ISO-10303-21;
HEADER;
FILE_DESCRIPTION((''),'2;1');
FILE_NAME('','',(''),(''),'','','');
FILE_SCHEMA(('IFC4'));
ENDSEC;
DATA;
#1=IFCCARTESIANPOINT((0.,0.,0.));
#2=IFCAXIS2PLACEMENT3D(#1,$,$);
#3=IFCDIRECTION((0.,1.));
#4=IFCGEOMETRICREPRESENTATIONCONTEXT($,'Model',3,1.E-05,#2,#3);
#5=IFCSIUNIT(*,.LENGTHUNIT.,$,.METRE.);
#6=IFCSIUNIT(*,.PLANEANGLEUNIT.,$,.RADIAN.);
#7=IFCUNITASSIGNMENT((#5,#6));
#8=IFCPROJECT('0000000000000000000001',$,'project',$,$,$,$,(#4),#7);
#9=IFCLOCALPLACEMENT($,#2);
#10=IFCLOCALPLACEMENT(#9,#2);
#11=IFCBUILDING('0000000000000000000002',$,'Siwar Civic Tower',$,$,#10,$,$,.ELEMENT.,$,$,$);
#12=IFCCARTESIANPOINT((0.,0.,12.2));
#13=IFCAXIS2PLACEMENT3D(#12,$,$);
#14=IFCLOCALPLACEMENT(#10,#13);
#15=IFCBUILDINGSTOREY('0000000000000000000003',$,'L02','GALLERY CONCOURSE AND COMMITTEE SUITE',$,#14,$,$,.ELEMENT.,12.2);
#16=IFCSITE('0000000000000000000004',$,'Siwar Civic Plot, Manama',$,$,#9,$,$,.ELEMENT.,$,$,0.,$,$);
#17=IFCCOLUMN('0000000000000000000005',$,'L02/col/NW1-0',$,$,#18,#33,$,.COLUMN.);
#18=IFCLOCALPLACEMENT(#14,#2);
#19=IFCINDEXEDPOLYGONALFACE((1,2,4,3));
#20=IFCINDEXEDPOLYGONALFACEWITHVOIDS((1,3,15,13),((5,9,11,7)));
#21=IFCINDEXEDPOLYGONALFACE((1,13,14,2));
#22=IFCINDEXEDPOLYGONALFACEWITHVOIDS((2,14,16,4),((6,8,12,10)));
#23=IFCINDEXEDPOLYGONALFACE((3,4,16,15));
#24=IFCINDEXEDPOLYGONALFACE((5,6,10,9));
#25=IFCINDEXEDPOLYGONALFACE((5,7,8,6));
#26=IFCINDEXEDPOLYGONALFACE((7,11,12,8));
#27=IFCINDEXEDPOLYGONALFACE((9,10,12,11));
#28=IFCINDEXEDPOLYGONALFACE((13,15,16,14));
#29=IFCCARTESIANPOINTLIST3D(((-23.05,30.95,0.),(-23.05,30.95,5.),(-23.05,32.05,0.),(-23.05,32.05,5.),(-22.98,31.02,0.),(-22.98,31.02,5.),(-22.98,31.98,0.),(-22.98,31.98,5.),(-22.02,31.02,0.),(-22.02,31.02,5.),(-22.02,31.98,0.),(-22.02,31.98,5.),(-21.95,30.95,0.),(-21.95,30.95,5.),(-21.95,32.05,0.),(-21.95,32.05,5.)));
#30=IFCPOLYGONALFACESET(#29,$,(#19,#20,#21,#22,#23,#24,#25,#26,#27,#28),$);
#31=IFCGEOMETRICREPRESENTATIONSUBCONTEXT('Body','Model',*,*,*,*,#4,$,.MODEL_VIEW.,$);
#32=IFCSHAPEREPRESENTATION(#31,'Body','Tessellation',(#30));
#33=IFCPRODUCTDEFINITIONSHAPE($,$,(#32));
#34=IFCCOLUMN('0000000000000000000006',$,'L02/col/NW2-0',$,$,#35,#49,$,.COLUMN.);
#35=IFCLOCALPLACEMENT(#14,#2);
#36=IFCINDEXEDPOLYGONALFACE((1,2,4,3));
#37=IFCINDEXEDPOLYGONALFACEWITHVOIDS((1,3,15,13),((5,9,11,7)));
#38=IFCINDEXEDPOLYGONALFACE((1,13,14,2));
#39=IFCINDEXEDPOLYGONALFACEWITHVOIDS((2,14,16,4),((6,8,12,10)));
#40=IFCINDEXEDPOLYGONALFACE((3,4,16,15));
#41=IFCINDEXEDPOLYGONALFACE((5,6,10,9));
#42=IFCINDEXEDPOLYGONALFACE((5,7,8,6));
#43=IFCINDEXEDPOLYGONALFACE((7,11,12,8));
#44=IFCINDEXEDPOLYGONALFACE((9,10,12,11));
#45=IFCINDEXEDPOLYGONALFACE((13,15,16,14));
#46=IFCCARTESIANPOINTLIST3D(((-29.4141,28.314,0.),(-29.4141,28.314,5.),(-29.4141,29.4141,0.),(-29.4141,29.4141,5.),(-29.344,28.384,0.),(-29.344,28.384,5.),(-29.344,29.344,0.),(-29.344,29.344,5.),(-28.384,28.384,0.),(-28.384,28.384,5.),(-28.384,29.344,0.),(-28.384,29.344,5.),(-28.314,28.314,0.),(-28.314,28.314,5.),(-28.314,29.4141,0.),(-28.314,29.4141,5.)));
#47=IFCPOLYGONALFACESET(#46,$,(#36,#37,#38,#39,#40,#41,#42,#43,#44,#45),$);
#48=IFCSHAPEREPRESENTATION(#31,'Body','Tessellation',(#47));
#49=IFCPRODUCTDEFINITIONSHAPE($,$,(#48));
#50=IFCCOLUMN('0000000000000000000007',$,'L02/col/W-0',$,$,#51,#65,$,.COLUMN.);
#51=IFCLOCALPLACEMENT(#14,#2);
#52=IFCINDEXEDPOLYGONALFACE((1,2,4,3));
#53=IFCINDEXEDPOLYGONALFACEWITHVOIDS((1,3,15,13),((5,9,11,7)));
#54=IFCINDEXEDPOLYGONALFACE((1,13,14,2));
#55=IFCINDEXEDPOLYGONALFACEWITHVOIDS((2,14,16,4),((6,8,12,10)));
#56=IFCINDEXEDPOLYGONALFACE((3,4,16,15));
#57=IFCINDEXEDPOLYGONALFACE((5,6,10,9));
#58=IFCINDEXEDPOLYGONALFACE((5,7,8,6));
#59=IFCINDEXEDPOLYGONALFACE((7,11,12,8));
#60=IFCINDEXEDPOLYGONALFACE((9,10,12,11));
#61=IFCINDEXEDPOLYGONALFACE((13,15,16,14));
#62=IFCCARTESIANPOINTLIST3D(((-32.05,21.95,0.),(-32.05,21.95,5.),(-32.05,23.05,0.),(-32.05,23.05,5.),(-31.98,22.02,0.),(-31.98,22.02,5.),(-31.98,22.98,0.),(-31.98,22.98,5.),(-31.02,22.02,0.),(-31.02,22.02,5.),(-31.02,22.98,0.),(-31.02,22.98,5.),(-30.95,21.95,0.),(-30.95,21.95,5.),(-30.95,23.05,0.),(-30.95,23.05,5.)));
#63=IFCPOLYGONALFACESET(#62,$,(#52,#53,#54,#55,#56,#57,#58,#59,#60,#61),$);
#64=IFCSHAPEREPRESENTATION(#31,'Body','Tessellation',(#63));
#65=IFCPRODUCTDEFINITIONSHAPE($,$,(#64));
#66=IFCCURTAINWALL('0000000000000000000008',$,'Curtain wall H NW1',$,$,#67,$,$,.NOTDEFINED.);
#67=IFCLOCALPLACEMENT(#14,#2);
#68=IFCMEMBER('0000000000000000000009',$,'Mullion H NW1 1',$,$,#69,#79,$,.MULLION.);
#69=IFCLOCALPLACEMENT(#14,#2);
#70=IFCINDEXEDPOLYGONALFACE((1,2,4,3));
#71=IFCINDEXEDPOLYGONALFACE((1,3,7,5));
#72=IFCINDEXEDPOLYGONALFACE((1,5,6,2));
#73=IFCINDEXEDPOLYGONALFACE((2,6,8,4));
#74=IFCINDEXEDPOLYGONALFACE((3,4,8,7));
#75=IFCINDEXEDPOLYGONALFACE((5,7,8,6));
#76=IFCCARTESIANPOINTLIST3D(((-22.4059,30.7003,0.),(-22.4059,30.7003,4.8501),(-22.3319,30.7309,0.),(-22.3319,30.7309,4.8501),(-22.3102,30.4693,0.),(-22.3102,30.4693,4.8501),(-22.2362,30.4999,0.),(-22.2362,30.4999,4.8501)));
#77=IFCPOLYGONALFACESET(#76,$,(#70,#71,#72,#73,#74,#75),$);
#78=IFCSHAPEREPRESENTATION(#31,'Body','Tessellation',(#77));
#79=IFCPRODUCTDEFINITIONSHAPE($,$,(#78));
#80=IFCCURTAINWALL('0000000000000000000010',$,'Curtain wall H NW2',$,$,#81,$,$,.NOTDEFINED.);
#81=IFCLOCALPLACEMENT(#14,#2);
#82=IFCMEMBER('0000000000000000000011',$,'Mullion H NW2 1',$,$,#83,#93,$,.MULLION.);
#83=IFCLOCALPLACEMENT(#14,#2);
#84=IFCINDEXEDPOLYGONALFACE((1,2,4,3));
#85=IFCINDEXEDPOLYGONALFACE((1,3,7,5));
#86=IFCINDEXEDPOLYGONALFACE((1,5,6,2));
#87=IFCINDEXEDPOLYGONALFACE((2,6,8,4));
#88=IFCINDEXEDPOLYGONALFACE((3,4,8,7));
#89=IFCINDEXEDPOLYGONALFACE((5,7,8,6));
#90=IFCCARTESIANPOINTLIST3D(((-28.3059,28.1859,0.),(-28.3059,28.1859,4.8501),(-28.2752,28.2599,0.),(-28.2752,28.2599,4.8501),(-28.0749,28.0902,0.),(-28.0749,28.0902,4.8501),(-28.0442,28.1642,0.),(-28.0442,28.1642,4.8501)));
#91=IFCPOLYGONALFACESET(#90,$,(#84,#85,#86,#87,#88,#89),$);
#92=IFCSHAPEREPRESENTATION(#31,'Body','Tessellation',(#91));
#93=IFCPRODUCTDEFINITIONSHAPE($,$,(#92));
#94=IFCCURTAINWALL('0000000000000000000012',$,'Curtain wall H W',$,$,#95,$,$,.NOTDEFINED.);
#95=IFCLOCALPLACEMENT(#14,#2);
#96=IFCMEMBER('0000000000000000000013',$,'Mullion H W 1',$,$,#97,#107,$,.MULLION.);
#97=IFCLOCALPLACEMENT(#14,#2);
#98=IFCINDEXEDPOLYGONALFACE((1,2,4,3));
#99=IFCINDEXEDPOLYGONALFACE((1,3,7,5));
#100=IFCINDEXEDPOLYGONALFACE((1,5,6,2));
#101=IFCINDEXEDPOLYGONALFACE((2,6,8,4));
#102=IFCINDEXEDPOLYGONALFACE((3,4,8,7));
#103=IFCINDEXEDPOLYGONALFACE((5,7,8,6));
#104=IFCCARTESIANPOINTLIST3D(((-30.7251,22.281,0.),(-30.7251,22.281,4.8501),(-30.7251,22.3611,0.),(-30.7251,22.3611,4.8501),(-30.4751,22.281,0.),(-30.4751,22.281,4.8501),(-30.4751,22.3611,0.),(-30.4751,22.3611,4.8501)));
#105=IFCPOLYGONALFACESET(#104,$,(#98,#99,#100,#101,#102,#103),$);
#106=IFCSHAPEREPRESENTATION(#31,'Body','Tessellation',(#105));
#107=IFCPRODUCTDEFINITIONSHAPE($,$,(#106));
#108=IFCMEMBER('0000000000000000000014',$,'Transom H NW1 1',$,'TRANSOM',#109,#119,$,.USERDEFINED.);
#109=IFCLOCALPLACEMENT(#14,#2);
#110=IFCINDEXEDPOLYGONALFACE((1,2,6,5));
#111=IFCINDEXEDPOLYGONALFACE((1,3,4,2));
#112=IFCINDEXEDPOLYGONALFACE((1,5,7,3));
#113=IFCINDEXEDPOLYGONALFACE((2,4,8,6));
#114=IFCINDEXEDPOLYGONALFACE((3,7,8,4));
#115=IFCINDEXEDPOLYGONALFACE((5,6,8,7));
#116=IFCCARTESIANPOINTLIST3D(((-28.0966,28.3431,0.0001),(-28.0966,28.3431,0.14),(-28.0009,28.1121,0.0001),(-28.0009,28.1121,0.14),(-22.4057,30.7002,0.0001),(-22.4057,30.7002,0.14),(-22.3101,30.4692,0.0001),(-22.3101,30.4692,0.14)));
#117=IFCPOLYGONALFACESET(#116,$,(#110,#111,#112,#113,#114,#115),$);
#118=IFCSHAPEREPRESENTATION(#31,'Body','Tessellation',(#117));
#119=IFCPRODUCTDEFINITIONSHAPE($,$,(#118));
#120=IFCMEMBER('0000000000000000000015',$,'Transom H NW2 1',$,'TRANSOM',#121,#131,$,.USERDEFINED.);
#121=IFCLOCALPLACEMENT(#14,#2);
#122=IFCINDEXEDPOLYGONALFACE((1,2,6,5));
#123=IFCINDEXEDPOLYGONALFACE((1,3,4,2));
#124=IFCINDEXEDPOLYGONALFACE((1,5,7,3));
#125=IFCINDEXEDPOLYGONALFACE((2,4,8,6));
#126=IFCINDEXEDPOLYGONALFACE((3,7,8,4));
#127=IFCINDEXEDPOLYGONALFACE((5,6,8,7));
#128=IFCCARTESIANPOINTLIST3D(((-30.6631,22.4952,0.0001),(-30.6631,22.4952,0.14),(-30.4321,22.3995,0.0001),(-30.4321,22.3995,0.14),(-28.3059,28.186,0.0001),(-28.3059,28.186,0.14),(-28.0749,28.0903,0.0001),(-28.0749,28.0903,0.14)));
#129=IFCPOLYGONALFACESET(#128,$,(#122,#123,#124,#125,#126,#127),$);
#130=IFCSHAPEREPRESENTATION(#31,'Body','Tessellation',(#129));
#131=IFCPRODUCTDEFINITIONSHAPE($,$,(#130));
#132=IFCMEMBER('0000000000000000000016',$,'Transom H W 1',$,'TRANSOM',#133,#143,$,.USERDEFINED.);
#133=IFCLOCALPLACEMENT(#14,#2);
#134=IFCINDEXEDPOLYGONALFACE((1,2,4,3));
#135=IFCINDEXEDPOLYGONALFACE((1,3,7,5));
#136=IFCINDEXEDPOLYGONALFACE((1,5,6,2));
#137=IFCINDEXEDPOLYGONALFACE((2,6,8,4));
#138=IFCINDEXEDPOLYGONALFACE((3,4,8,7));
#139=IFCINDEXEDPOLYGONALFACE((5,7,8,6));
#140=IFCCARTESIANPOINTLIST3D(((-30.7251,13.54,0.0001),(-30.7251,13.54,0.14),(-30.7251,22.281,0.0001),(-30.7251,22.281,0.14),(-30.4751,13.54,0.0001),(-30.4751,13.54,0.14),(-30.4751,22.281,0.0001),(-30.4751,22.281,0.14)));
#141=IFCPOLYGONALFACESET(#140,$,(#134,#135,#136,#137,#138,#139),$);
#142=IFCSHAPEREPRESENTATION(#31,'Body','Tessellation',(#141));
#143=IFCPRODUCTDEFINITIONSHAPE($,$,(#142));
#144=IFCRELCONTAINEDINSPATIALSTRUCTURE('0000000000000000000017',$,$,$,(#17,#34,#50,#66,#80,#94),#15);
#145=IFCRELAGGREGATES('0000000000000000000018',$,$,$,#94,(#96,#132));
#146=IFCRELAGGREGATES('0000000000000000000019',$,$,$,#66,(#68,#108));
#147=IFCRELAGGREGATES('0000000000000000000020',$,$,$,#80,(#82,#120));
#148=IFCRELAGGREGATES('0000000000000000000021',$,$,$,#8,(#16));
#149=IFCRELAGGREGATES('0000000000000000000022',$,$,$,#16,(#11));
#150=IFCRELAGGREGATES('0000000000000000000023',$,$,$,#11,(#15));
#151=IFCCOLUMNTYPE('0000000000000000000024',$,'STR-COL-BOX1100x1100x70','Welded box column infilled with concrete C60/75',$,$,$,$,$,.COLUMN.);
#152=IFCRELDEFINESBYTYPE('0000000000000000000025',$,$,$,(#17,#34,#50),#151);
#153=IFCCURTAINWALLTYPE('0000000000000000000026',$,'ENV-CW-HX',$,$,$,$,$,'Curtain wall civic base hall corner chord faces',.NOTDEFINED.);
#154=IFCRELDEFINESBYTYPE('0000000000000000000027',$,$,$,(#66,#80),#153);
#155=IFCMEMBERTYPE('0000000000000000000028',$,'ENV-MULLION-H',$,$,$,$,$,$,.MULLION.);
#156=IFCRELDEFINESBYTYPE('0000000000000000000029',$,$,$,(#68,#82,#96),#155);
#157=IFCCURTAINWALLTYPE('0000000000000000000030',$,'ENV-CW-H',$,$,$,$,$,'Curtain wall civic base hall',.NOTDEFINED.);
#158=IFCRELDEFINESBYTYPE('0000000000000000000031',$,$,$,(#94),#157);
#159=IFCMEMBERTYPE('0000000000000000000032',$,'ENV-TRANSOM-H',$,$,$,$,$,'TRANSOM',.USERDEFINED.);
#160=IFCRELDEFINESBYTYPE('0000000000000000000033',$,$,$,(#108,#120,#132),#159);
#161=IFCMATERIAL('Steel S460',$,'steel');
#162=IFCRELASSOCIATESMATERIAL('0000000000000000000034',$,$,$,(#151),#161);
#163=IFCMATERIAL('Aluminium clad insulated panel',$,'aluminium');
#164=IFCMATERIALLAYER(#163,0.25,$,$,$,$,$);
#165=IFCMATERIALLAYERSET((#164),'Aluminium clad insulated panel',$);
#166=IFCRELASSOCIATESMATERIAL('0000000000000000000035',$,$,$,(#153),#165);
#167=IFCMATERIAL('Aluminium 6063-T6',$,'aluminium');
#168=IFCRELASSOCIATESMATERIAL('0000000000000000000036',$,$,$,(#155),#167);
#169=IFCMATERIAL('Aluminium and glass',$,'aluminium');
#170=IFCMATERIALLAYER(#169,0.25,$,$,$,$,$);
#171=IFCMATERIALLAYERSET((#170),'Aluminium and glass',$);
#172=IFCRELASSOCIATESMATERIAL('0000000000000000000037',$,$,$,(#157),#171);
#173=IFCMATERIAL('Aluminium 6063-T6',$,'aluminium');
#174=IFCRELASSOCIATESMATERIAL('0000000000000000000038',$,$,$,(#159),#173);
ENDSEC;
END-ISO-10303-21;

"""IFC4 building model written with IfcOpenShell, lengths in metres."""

from ifc_helpers import new_model, si_unit, direction, frame, origin, origin_2d, place, context, subcontext, project, spatial, rectangle, hollow_rectangle, extrude, material, layer, layer_set, material_profile, profile_set, type_object, element, aggregate, save


model = new_model("IFC4")

# Units and contexts
model_context = context("Model", 3, precision=1e-05, world=origin(), true_north=direction((0.0, 1.0)))
body_context = subcontext(model_context, "Body", "Model", "MODEL_VIEW")
ifc_project = project(units=[si_unit("LENGTHUNIT", "METRE"), si_unit("PLANEANGLEUNIT", "RADIAN")], contexts=[model_context])

# Site, building, storey
site_placement = place(None, origin())
site = spatial("IfcSite", under=ifc_project, at=site_placement, Name="Siwar Civic Plot, Manama", CompositionType="ELEMENT", RefElevation=0.0)
building_placement = place(site_placement, origin())
building = spatial("IfcBuilding", under=site, at=building_placement, Name="Siwar Civic Tower", CompositionType="ELEMENT")
storey_placement = place(building_placement, frame((0.0, 0.0, 12.2)))
storey = spatial("IfcBuildingStorey", under=building, at=storey_placement, Name="L02", Description="GALLERY CONCOURSE AND COMMITTEE SUITE", CompositionType="ELEMENT", Elevation=12.2)

# Columns
ifc_material_1 = material(Name="Steel S460", Category="steel")
ifc_material_profile_1 = material_profile(ifc_material_1, hollow_rectangle(XDim=1.1001, YDim=1.1001, WallThickness=0.0701, at=origin_2d()), Name="BOX1100x1100x70")
ifc_profile_set_1 = profile_set([ifc_material_profile_1], Name="Steel S460")
column_type = type_object("IfcColumnType", Name="STR-COL-BOX1100x1100x70", Description="Welded box column infilled with concrete C60/75", PredefinedType="COLUMN", material=ifc_profile_set_1)
for number, where, z_axis, x_axis, name in (
    (1, (-22.5, 31.5, 0.0), (0.0, 0.0, 1.0), (1.0, 0.0, 0.0), "L02/col/NW1-0"),
    (2, (-28.864, 28.864, 0.0), (0.0, 0.0, 1.0), (1.0, 0.0, 0.0), "L02/col/NW2-0"),
    (3, (-31.5, 22.5, 0.0), (0.0, 0.0, 1.0), (1.0, 0.0, 0.0), "L02/col/W-0"),
):
    element("IfcColumn", number, at=place(storey_placement, frame(where, z_axis=z_axis, x_axis=x_axis)), inside=storey, type_object=column_type, Name=name, PredefinedType="COLUMN", context=body_context, shape_type="SweptSolid", body=[
        extrude(hollow_rectangle(XDim=1.1001, YDim=1.1001, WallThickness=0.0701, at=origin_2d()), origin(), (0.0, 0.0, 1.0), 5.0),
    ])

# Curtain walls, members
ifc_material_2 = material(Name="Aluminium clad insulated panel", Category="aluminium")
ifc_layer_1 = layer(ifc_material_2, 0.25)
ifc_layer_set_1 = layer_set([ifc_layer_1], Name="Aluminium clad insulated panel")
curtain_wall_type_1 = type_object("IfcCurtainWallType", Name="ENV-CW-HX", ElementType="Curtain wall civic base hall corner chord faces", PredefinedType="NOTDEFINED", material=ifc_layer_set_1)
curtain_wall_1_placement = place(storey_placement, origin())
curtain_wall_1 = element("IfcCurtainWall", 4, at=curtain_wall_1_placement, inside=storey, type_object=curtain_wall_type_1, Name="Curtain wall H NW1", PredefinedType="NOTDEFINED")
ifc_material_3 = material(Name="Aluminium 6063-T6", Category="aluminium")
ifc_material_profile_2 = material_profile(ifc_material_3, rectangle(XDim=0.25, YDim=0.0801, at=origin_2d()), Name="AL 250x80")
ifc_profile_set_2 = profile_set([ifc_material_profile_2], Name="Aluminium 6063-T6")
member_type_1 = type_object("IfcMemberType", Name="ENV-MULLION-H", PredefinedType="MULLION", material=ifc_profile_set_2)
member_1_placement = place(storey_placement, frame((-22.321, 30.6001, 0.0), z_axis=(0.0, 0.0, 1.0), x_axis=(0.382683, -0.92388, 0.0)))
member_1 = element("IfcMember", 5, at=member_1_placement, type_object=member_type_1, Name="Mullion H NW1 1", PredefinedType="MULLION", context=body_context, shape_type="SweptSolid", body=[
    extrude(rectangle(XDim=0.25, YDim=0.0801, at=origin_2d()), origin(), (0.0, 0.0, 1.0), 4.8501),
])
curtain_wall_2_placement = place(storey_placement, origin())
curtain_wall_2 = element("IfcCurtainWall", 6, at=curtain_wall_2_placement, inside=storey, type_object=curtain_wall_type_1, Name="Curtain wall H NW2", PredefinedType="NOTDEFINED")
member_2_placement = place(storey_placement, frame((-28.175, 28.175, 0.0), z_axis=(0.0, 0.0, 1.0), x_axis=(0.92388, -0.382683, 0.0)))
member_2 = element("IfcMember", 7, at=member_2_placement, type_object=member_type_1, Name="Mullion H NW2 1", PredefinedType="MULLION", context=body_context, shape_type="SweptSolid", body=[
    extrude(rectangle(XDim=0.25, YDim=0.0801, at=origin_2d()), origin(), (0.0, 0.0, 1.0), 4.8501),
])
ifc_material_4 = material(Name="Aluminium and glass", Category="aluminium")
ifc_layer_2 = layer(ifc_material_4, 0.25)
ifc_layer_set_2 = layer_set([ifc_layer_2], Name="Aluminium and glass")
curtain_wall_type_2 = type_object("IfcCurtainWallType", Name="ENV-CW-H", ElementType="Curtain wall civic base hall", PredefinedType="NOTDEFINED", material=ifc_layer_set_2)
curtain_wall_3_placement = place(storey_placement, origin())
curtain_wall_3 = element("IfcCurtainWall", 8, at=curtain_wall_3_placement, inside=storey, type_object=curtain_wall_type_2, Name="Curtain wall H W", PredefinedType="NOTDEFINED")
member_3_placement = place(storey_placement, frame((-30.6001, 22.321, 0.0), z_axis=(0.0, 0.0, 1.0), x_axis=(1.0, 0.0, 0.0)))
member_3 = element("IfcMember", 9, at=member_3_placement, type_object=member_type_1, Name="Mullion H W 1", PredefinedType="MULLION", context=body_context, shape_type="SweptSolid", body=[
    extrude(rectangle(XDim=0.25, YDim=0.0801, at=origin_2d()), origin(), (0.0, 0.0, 1.0), 4.8501),
])

# Members
ifc_material_5 = material(Name="Aluminium 6063-T6", Category="aluminium")
ifc_material_profile_3 = material_profile(ifc_material_5, rectangle(XDim=0.25, YDim=0.1399, at=origin_2d()), Name="AL 250x140")
ifc_profile_set_3 = profile_set([ifc_material_profile_3], Name="Aluminium 6063-T6")
member_type_2 = type_object("IfcMemberType", Name="ENV-TRANSOM-H", ElementType="TRANSOM", PredefinedType="USERDEFINED", material=ifc_profile_set_3)
member_4_placement = place(storey_placement, frame((-22.3579, 30.5847, 0.0701), z_axis=(-0.923884, -0.382673, 0.0), x_axis=(0.382673, -0.923884, 0.0)))
member_4 = element("IfcMember", 10, at=member_4_placement, type_object=member_type_2, Name="Transom H NW1 1", ObjectType="TRANSOM", PredefinedType="USERDEFINED", context=body_context, shape_type="SweptSolid", body=[
    extrude(rectangle(XDim=0.25, YDim=0.1399, at=origin_2d()), origin(), (0.0, 0.0, 1.0), 6.1597),
])
member_5_placement = place(storey_placement, frame((-28.1904, 28.1382, 0.0701), z_axis=(-0.382673, -0.923884, 0.0), x_axis=(0.923884, -0.382673, 0.0)))
member_5 = element("IfcMember", 11, at=member_5_placement, type_object=member_type_2, Name="Transom H NW2 1", ObjectType="TRANSOM", PredefinedType="USERDEFINED", context=body_context, shape_type="SweptSolid", body=[
    extrude(rectangle(XDim=0.25, YDim=0.1399, at=origin_2d()), origin(), (0.0, 0.0, 1.0), 6.1597),
])
member_6_placement = place(storey_placement, frame((-30.6001, 22.281, 0.0701), z_axis=(0.0, -1.0, 0.0), x_axis=(1.0, 0.0, 0.0)))
member_6 = element("IfcMember", 12, at=member_6_placement, type_object=member_type_2, Name="Transom H W 1", ObjectType="TRANSOM", PredefinedType="USERDEFINED", context=body_context, shape_type="SweptSolid", body=[
    extrude(rectangle(XDim=0.25, YDim=0.1399, at=origin_2d()), origin(), (0.0, 0.0, 1.0), 8.741),
])
aggregate(curtain_wall_3, [member_3, member_6])

aggregate(curtain_wall_1, [member_1, member_4])
aggregate(curtain_wall_2, [member_2, member_5])

save(model, "model.ifc")
